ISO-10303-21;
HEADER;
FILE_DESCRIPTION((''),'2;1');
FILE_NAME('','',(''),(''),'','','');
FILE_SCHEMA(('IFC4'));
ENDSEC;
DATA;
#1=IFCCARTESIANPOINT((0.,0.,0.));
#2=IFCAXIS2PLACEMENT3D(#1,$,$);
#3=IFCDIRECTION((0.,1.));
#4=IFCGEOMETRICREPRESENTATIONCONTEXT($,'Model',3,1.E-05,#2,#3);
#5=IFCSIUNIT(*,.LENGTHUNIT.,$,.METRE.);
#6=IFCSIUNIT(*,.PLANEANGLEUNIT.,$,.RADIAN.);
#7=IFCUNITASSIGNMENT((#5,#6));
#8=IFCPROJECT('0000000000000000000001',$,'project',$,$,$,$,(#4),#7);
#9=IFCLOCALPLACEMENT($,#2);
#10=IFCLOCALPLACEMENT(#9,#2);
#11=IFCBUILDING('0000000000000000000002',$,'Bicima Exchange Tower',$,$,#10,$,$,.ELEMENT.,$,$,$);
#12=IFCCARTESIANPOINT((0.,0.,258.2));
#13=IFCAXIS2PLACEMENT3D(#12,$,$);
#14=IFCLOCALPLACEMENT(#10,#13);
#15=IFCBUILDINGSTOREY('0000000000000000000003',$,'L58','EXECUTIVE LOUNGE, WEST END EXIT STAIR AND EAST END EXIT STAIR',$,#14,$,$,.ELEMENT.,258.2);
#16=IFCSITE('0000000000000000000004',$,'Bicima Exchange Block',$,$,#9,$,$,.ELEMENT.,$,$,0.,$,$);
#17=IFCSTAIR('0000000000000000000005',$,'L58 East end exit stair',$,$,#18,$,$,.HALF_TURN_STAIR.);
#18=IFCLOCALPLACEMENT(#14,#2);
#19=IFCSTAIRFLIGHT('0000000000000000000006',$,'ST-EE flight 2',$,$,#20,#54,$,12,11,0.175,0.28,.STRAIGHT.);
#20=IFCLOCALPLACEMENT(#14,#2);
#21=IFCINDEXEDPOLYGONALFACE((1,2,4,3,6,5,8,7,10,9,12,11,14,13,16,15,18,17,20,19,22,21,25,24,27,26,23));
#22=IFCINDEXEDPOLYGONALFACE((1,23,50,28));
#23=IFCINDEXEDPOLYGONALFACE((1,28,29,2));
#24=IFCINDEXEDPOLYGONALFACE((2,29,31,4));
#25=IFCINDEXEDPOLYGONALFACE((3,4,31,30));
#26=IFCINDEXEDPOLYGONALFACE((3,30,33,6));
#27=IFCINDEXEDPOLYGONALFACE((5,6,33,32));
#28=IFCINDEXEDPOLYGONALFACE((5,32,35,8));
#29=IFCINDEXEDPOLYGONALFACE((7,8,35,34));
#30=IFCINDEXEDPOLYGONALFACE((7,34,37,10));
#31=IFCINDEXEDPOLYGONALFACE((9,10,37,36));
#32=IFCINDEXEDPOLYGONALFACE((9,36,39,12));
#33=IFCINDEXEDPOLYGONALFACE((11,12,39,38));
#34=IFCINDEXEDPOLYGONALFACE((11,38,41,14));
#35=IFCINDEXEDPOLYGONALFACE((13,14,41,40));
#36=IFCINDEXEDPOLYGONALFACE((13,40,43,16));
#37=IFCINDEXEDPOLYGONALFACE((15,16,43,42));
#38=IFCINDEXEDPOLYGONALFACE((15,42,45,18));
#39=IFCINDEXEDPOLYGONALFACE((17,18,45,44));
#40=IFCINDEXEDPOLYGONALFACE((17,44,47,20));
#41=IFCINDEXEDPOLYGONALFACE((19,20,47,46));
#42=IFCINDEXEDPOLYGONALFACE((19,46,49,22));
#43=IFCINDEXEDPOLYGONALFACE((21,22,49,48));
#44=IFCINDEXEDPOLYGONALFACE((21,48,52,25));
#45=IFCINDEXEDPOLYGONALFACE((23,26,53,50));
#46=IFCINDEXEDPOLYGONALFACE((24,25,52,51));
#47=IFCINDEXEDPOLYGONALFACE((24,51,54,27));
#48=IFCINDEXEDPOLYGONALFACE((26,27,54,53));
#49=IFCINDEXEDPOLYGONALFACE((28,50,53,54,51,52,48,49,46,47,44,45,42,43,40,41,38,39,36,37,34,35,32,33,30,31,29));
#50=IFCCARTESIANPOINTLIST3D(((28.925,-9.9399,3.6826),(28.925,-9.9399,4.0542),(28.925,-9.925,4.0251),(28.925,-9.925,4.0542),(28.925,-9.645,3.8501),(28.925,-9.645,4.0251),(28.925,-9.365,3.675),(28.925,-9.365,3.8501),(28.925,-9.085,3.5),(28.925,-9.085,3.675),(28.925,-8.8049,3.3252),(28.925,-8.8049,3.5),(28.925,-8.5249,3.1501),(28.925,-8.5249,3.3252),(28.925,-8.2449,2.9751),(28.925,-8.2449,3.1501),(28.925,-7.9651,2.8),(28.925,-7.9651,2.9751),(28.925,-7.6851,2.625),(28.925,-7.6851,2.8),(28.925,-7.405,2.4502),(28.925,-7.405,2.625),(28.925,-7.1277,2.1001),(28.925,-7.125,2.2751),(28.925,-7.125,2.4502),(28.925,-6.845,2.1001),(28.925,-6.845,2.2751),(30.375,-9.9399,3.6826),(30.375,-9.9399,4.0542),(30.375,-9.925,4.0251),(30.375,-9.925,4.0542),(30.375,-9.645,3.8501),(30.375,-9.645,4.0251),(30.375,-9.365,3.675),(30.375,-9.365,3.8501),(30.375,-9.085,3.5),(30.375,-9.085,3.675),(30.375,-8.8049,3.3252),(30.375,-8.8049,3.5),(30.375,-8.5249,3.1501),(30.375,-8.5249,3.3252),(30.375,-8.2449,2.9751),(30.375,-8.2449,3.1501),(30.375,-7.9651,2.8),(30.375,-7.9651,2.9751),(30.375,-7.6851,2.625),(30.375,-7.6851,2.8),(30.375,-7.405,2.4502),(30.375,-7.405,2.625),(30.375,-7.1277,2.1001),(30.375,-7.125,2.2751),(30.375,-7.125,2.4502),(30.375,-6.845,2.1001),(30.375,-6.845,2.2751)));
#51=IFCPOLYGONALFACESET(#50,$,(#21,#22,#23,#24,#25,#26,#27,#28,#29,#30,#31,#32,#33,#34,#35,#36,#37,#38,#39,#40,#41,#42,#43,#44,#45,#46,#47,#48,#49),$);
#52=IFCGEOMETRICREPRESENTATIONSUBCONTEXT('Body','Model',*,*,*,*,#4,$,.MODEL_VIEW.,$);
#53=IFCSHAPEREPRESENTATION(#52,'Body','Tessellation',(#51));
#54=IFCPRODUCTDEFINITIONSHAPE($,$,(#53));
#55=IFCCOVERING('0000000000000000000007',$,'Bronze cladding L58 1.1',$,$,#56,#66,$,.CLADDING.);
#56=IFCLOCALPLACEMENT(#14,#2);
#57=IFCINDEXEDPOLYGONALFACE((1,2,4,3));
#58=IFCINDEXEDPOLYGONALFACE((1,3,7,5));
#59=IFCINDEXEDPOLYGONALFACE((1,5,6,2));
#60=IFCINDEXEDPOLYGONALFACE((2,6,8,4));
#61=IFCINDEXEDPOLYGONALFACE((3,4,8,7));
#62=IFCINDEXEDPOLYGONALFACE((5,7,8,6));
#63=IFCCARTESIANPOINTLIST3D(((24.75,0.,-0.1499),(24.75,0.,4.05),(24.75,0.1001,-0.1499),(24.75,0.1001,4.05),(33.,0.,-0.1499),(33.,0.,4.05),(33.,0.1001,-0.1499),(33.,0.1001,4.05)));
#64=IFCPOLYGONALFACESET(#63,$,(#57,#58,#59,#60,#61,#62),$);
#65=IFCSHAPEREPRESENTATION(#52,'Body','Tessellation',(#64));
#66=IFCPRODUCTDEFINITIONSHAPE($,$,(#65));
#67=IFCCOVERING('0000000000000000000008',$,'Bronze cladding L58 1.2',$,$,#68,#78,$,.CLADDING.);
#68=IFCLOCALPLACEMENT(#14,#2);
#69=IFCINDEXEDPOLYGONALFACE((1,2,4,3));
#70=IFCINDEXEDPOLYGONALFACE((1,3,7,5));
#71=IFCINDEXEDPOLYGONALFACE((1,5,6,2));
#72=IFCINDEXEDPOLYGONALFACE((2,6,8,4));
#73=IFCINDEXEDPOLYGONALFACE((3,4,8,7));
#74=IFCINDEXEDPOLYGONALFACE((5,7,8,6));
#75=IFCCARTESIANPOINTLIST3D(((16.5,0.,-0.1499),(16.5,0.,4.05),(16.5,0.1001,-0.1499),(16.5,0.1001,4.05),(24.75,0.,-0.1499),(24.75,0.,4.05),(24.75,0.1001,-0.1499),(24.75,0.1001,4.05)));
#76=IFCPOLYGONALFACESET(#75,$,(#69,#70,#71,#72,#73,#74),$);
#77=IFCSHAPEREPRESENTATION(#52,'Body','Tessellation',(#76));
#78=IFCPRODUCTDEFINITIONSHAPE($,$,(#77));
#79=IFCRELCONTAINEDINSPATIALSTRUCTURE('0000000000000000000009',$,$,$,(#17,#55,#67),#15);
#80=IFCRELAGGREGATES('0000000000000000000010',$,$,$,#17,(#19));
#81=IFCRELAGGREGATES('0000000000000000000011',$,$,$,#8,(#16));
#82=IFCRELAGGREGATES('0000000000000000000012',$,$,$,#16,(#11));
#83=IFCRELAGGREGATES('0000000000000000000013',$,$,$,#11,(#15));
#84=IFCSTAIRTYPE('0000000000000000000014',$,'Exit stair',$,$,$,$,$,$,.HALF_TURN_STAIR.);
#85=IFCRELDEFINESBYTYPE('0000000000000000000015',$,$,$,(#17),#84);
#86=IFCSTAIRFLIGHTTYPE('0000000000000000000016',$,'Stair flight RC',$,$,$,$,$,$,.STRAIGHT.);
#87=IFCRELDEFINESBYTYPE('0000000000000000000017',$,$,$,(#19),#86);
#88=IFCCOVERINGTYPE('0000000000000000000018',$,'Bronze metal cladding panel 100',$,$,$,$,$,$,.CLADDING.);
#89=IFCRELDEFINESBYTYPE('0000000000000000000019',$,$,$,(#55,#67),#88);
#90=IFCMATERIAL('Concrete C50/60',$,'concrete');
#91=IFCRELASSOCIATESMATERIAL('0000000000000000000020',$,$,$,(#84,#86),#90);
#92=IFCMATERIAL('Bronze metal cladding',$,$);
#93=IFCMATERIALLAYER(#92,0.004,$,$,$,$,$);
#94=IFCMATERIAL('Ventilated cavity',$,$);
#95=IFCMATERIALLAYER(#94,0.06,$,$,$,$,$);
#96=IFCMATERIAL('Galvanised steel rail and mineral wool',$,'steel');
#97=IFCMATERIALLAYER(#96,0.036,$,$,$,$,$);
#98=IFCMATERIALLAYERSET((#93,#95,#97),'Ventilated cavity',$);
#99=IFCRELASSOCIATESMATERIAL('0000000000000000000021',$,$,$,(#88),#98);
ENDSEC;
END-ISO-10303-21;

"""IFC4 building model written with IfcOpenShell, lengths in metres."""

from ifc_helpers import new_model, si_unit, direction, frame, origin, origin_2d, place, context, subcontext, project, spatial, polyline, rectangle, outline, extrude, material, layer, layer_set, type_object, element, aggregate, save


model = new_model("IFC4")

# Units and contexts
model_context = context("Model", 3, precision=1e-05, world=origin(), true_north=direction((0.0, 1.0)))
body_context = subcontext(model_context, "Body", "Model", "MODEL_VIEW")
ifc_project = project(units=[si_unit("LENGTHUNIT", "METRE"), si_unit("PLANEANGLEUNIT", "RADIAN")], contexts=[model_context])

# Site, building, storey
site_placement = place(None, origin())
site = spatial("IfcSite", under=ifc_project, at=site_placement, Name="Bicima Exchange Block", CompositionType="ELEMENT", RefElevation=0.0)
building_placement = place(site_placement, origin())
building = spatial("IfcBuilding", under=site, at=building_placement, Name="Bicima Exchange Tower", CompositionType="ELEMENT")
storey_placement = place(building_placement, frame((0.0, 0.0, 258.2)))
storey = spatial("IfcBuildingStorey", under=building, at=storey_placement, Name="L58", Description="EXECUTIVE LOUNGE, WEST END EXIT STAIR AND EAST END EXIT STAIR", CompositionType="ELEMENT", Elevation=258.2)

# Shared definitions
ifc_material_1 = material(Name="Concrete C50/60", Category="concrete")

# Stair, stair flight
stair_type = type_object("IfcStairType", Name="Exit stair", PredefinedType="HALF_TURN_STAIR", material=ifc_material_1)
stair_flight_type = type_object("IfcStairFlightType", Name="Stair flight RC", PredefinedType="STRAIGHT", material=ifc_material_1)
stair_1_placement = place(storey_placement, origin())
stair_1 = element("IfcStair", 1, at=stair_1_placement, inside=storey, type_object=stair_type, Name="L58 East end exit stair", PredefinedType="HALF_TURN_STAIR")
stair_flight_1_placement = place(storey_placement, frame((29.6499, -6.845, 2.1001), z_axis=(0.0, 0.0, 1.0), x_axis=(0.0, -1.0, 0.0)))
stair_flight_1 = element("IfcStairFlight", 2, at=stair_flight_1_placement, type_object=stair_flight_type, Name="ST-EE flight 2", NumberOfRisers=12, NumberOfTreads=11, PredefinedType="STRAIGHT", RiserHeight=0.175, TreadLength=0.28, context=body_context, shape_type="SweptSolid", body=[
    extrude(outline(polyline([(0.0, 0.0), (0.0, 0.175), (0.28, 0.175), (0.28, 0.3501), (0.5601, 0.3501), (0.5601, 0.5249), (0.8401, 0.5249), (0.8401, 0.7), (1.1201, 0.7), (1.1201, 0.875), (1.3999, 0.875), (1.3999, 1.05), (1.6799, 1.05), (1.6799, 1.2251), (1.96, 1.2251), (1.96, 1.3999), (2.24, 1.3999), (2.24, 1.575), (2.52, 1.575), (2.52, 1.75), (2.8, 1.75), (2.8, 1.925), (3.0801, 1.925), (3.0801, 1.9541), (3.095, 1.9541), (3.095, 1.5825), (0.2827, 0.0), (0.0, 0.0)])), frame((0.0, 0.7251, 0.0), z_axis=(0.0, -1.0, 0.0), x_axis=(1.0, 0.0, 0.0)), (0.0, 0.0, 1.0), 1.45),
])
aggregate(stair_1, [stair_flight_1])

# Coverings
ifc_material_2 = material(Name="Bronze metal cladding")
ifc_layer_1 = layer(ifc_material_2, 0.004)
ifc_material_3 = material(Name="Ventilated cavity")
ifc_layer_2 = layer(ifc_material_3, 0.06)
ifc_material_4 = material(Name="Galvanised steel rail and mineral wool", Category="steel")
ifc_layer_3 = layer(ifc_material_4, 0.036)
ifc_layer_set_1 = layer_set([ifc_layer_1, ifc_layer_2, ifc_layer_3], Name="Ventilated cavity")
covering_type = type_object("IfcCoveringType", Name="Bronze metal cladding panel 100", PredefinedType="CLADDING", material=ifc_layer_set_1)
for number, where, z_axis, x_axis, name in (
    (3, (28.875, 0.05, -0.1499), (0.0, 0.0, 1.0), (-1.0, 0.0, 0.0), "Bronze cladding L58 1.1"),
    (4, (20.625, 0.05, -0.1499), (0.0, 0.0, 1.0), (-1.0, 0.0, 0.0), "Bronze cladding L58 1.2"),
):
    element("IfcCovering", number, at=place(storey_placement, frame(where, z_axis=z_axis, x_axis=x_axis)), inside=storey, type_object=covering_type, Name=name, PredefinedType="CLADDING", context=body_context, shape_type="SweptSolid", body=[
        extrude(rectangle(XDim=8.25, YDim=0.1001, at=origin_2d()), origin(), (0.0, 0.0, 1.0), 4.2),
    ])

save(model, "model.ifc")
